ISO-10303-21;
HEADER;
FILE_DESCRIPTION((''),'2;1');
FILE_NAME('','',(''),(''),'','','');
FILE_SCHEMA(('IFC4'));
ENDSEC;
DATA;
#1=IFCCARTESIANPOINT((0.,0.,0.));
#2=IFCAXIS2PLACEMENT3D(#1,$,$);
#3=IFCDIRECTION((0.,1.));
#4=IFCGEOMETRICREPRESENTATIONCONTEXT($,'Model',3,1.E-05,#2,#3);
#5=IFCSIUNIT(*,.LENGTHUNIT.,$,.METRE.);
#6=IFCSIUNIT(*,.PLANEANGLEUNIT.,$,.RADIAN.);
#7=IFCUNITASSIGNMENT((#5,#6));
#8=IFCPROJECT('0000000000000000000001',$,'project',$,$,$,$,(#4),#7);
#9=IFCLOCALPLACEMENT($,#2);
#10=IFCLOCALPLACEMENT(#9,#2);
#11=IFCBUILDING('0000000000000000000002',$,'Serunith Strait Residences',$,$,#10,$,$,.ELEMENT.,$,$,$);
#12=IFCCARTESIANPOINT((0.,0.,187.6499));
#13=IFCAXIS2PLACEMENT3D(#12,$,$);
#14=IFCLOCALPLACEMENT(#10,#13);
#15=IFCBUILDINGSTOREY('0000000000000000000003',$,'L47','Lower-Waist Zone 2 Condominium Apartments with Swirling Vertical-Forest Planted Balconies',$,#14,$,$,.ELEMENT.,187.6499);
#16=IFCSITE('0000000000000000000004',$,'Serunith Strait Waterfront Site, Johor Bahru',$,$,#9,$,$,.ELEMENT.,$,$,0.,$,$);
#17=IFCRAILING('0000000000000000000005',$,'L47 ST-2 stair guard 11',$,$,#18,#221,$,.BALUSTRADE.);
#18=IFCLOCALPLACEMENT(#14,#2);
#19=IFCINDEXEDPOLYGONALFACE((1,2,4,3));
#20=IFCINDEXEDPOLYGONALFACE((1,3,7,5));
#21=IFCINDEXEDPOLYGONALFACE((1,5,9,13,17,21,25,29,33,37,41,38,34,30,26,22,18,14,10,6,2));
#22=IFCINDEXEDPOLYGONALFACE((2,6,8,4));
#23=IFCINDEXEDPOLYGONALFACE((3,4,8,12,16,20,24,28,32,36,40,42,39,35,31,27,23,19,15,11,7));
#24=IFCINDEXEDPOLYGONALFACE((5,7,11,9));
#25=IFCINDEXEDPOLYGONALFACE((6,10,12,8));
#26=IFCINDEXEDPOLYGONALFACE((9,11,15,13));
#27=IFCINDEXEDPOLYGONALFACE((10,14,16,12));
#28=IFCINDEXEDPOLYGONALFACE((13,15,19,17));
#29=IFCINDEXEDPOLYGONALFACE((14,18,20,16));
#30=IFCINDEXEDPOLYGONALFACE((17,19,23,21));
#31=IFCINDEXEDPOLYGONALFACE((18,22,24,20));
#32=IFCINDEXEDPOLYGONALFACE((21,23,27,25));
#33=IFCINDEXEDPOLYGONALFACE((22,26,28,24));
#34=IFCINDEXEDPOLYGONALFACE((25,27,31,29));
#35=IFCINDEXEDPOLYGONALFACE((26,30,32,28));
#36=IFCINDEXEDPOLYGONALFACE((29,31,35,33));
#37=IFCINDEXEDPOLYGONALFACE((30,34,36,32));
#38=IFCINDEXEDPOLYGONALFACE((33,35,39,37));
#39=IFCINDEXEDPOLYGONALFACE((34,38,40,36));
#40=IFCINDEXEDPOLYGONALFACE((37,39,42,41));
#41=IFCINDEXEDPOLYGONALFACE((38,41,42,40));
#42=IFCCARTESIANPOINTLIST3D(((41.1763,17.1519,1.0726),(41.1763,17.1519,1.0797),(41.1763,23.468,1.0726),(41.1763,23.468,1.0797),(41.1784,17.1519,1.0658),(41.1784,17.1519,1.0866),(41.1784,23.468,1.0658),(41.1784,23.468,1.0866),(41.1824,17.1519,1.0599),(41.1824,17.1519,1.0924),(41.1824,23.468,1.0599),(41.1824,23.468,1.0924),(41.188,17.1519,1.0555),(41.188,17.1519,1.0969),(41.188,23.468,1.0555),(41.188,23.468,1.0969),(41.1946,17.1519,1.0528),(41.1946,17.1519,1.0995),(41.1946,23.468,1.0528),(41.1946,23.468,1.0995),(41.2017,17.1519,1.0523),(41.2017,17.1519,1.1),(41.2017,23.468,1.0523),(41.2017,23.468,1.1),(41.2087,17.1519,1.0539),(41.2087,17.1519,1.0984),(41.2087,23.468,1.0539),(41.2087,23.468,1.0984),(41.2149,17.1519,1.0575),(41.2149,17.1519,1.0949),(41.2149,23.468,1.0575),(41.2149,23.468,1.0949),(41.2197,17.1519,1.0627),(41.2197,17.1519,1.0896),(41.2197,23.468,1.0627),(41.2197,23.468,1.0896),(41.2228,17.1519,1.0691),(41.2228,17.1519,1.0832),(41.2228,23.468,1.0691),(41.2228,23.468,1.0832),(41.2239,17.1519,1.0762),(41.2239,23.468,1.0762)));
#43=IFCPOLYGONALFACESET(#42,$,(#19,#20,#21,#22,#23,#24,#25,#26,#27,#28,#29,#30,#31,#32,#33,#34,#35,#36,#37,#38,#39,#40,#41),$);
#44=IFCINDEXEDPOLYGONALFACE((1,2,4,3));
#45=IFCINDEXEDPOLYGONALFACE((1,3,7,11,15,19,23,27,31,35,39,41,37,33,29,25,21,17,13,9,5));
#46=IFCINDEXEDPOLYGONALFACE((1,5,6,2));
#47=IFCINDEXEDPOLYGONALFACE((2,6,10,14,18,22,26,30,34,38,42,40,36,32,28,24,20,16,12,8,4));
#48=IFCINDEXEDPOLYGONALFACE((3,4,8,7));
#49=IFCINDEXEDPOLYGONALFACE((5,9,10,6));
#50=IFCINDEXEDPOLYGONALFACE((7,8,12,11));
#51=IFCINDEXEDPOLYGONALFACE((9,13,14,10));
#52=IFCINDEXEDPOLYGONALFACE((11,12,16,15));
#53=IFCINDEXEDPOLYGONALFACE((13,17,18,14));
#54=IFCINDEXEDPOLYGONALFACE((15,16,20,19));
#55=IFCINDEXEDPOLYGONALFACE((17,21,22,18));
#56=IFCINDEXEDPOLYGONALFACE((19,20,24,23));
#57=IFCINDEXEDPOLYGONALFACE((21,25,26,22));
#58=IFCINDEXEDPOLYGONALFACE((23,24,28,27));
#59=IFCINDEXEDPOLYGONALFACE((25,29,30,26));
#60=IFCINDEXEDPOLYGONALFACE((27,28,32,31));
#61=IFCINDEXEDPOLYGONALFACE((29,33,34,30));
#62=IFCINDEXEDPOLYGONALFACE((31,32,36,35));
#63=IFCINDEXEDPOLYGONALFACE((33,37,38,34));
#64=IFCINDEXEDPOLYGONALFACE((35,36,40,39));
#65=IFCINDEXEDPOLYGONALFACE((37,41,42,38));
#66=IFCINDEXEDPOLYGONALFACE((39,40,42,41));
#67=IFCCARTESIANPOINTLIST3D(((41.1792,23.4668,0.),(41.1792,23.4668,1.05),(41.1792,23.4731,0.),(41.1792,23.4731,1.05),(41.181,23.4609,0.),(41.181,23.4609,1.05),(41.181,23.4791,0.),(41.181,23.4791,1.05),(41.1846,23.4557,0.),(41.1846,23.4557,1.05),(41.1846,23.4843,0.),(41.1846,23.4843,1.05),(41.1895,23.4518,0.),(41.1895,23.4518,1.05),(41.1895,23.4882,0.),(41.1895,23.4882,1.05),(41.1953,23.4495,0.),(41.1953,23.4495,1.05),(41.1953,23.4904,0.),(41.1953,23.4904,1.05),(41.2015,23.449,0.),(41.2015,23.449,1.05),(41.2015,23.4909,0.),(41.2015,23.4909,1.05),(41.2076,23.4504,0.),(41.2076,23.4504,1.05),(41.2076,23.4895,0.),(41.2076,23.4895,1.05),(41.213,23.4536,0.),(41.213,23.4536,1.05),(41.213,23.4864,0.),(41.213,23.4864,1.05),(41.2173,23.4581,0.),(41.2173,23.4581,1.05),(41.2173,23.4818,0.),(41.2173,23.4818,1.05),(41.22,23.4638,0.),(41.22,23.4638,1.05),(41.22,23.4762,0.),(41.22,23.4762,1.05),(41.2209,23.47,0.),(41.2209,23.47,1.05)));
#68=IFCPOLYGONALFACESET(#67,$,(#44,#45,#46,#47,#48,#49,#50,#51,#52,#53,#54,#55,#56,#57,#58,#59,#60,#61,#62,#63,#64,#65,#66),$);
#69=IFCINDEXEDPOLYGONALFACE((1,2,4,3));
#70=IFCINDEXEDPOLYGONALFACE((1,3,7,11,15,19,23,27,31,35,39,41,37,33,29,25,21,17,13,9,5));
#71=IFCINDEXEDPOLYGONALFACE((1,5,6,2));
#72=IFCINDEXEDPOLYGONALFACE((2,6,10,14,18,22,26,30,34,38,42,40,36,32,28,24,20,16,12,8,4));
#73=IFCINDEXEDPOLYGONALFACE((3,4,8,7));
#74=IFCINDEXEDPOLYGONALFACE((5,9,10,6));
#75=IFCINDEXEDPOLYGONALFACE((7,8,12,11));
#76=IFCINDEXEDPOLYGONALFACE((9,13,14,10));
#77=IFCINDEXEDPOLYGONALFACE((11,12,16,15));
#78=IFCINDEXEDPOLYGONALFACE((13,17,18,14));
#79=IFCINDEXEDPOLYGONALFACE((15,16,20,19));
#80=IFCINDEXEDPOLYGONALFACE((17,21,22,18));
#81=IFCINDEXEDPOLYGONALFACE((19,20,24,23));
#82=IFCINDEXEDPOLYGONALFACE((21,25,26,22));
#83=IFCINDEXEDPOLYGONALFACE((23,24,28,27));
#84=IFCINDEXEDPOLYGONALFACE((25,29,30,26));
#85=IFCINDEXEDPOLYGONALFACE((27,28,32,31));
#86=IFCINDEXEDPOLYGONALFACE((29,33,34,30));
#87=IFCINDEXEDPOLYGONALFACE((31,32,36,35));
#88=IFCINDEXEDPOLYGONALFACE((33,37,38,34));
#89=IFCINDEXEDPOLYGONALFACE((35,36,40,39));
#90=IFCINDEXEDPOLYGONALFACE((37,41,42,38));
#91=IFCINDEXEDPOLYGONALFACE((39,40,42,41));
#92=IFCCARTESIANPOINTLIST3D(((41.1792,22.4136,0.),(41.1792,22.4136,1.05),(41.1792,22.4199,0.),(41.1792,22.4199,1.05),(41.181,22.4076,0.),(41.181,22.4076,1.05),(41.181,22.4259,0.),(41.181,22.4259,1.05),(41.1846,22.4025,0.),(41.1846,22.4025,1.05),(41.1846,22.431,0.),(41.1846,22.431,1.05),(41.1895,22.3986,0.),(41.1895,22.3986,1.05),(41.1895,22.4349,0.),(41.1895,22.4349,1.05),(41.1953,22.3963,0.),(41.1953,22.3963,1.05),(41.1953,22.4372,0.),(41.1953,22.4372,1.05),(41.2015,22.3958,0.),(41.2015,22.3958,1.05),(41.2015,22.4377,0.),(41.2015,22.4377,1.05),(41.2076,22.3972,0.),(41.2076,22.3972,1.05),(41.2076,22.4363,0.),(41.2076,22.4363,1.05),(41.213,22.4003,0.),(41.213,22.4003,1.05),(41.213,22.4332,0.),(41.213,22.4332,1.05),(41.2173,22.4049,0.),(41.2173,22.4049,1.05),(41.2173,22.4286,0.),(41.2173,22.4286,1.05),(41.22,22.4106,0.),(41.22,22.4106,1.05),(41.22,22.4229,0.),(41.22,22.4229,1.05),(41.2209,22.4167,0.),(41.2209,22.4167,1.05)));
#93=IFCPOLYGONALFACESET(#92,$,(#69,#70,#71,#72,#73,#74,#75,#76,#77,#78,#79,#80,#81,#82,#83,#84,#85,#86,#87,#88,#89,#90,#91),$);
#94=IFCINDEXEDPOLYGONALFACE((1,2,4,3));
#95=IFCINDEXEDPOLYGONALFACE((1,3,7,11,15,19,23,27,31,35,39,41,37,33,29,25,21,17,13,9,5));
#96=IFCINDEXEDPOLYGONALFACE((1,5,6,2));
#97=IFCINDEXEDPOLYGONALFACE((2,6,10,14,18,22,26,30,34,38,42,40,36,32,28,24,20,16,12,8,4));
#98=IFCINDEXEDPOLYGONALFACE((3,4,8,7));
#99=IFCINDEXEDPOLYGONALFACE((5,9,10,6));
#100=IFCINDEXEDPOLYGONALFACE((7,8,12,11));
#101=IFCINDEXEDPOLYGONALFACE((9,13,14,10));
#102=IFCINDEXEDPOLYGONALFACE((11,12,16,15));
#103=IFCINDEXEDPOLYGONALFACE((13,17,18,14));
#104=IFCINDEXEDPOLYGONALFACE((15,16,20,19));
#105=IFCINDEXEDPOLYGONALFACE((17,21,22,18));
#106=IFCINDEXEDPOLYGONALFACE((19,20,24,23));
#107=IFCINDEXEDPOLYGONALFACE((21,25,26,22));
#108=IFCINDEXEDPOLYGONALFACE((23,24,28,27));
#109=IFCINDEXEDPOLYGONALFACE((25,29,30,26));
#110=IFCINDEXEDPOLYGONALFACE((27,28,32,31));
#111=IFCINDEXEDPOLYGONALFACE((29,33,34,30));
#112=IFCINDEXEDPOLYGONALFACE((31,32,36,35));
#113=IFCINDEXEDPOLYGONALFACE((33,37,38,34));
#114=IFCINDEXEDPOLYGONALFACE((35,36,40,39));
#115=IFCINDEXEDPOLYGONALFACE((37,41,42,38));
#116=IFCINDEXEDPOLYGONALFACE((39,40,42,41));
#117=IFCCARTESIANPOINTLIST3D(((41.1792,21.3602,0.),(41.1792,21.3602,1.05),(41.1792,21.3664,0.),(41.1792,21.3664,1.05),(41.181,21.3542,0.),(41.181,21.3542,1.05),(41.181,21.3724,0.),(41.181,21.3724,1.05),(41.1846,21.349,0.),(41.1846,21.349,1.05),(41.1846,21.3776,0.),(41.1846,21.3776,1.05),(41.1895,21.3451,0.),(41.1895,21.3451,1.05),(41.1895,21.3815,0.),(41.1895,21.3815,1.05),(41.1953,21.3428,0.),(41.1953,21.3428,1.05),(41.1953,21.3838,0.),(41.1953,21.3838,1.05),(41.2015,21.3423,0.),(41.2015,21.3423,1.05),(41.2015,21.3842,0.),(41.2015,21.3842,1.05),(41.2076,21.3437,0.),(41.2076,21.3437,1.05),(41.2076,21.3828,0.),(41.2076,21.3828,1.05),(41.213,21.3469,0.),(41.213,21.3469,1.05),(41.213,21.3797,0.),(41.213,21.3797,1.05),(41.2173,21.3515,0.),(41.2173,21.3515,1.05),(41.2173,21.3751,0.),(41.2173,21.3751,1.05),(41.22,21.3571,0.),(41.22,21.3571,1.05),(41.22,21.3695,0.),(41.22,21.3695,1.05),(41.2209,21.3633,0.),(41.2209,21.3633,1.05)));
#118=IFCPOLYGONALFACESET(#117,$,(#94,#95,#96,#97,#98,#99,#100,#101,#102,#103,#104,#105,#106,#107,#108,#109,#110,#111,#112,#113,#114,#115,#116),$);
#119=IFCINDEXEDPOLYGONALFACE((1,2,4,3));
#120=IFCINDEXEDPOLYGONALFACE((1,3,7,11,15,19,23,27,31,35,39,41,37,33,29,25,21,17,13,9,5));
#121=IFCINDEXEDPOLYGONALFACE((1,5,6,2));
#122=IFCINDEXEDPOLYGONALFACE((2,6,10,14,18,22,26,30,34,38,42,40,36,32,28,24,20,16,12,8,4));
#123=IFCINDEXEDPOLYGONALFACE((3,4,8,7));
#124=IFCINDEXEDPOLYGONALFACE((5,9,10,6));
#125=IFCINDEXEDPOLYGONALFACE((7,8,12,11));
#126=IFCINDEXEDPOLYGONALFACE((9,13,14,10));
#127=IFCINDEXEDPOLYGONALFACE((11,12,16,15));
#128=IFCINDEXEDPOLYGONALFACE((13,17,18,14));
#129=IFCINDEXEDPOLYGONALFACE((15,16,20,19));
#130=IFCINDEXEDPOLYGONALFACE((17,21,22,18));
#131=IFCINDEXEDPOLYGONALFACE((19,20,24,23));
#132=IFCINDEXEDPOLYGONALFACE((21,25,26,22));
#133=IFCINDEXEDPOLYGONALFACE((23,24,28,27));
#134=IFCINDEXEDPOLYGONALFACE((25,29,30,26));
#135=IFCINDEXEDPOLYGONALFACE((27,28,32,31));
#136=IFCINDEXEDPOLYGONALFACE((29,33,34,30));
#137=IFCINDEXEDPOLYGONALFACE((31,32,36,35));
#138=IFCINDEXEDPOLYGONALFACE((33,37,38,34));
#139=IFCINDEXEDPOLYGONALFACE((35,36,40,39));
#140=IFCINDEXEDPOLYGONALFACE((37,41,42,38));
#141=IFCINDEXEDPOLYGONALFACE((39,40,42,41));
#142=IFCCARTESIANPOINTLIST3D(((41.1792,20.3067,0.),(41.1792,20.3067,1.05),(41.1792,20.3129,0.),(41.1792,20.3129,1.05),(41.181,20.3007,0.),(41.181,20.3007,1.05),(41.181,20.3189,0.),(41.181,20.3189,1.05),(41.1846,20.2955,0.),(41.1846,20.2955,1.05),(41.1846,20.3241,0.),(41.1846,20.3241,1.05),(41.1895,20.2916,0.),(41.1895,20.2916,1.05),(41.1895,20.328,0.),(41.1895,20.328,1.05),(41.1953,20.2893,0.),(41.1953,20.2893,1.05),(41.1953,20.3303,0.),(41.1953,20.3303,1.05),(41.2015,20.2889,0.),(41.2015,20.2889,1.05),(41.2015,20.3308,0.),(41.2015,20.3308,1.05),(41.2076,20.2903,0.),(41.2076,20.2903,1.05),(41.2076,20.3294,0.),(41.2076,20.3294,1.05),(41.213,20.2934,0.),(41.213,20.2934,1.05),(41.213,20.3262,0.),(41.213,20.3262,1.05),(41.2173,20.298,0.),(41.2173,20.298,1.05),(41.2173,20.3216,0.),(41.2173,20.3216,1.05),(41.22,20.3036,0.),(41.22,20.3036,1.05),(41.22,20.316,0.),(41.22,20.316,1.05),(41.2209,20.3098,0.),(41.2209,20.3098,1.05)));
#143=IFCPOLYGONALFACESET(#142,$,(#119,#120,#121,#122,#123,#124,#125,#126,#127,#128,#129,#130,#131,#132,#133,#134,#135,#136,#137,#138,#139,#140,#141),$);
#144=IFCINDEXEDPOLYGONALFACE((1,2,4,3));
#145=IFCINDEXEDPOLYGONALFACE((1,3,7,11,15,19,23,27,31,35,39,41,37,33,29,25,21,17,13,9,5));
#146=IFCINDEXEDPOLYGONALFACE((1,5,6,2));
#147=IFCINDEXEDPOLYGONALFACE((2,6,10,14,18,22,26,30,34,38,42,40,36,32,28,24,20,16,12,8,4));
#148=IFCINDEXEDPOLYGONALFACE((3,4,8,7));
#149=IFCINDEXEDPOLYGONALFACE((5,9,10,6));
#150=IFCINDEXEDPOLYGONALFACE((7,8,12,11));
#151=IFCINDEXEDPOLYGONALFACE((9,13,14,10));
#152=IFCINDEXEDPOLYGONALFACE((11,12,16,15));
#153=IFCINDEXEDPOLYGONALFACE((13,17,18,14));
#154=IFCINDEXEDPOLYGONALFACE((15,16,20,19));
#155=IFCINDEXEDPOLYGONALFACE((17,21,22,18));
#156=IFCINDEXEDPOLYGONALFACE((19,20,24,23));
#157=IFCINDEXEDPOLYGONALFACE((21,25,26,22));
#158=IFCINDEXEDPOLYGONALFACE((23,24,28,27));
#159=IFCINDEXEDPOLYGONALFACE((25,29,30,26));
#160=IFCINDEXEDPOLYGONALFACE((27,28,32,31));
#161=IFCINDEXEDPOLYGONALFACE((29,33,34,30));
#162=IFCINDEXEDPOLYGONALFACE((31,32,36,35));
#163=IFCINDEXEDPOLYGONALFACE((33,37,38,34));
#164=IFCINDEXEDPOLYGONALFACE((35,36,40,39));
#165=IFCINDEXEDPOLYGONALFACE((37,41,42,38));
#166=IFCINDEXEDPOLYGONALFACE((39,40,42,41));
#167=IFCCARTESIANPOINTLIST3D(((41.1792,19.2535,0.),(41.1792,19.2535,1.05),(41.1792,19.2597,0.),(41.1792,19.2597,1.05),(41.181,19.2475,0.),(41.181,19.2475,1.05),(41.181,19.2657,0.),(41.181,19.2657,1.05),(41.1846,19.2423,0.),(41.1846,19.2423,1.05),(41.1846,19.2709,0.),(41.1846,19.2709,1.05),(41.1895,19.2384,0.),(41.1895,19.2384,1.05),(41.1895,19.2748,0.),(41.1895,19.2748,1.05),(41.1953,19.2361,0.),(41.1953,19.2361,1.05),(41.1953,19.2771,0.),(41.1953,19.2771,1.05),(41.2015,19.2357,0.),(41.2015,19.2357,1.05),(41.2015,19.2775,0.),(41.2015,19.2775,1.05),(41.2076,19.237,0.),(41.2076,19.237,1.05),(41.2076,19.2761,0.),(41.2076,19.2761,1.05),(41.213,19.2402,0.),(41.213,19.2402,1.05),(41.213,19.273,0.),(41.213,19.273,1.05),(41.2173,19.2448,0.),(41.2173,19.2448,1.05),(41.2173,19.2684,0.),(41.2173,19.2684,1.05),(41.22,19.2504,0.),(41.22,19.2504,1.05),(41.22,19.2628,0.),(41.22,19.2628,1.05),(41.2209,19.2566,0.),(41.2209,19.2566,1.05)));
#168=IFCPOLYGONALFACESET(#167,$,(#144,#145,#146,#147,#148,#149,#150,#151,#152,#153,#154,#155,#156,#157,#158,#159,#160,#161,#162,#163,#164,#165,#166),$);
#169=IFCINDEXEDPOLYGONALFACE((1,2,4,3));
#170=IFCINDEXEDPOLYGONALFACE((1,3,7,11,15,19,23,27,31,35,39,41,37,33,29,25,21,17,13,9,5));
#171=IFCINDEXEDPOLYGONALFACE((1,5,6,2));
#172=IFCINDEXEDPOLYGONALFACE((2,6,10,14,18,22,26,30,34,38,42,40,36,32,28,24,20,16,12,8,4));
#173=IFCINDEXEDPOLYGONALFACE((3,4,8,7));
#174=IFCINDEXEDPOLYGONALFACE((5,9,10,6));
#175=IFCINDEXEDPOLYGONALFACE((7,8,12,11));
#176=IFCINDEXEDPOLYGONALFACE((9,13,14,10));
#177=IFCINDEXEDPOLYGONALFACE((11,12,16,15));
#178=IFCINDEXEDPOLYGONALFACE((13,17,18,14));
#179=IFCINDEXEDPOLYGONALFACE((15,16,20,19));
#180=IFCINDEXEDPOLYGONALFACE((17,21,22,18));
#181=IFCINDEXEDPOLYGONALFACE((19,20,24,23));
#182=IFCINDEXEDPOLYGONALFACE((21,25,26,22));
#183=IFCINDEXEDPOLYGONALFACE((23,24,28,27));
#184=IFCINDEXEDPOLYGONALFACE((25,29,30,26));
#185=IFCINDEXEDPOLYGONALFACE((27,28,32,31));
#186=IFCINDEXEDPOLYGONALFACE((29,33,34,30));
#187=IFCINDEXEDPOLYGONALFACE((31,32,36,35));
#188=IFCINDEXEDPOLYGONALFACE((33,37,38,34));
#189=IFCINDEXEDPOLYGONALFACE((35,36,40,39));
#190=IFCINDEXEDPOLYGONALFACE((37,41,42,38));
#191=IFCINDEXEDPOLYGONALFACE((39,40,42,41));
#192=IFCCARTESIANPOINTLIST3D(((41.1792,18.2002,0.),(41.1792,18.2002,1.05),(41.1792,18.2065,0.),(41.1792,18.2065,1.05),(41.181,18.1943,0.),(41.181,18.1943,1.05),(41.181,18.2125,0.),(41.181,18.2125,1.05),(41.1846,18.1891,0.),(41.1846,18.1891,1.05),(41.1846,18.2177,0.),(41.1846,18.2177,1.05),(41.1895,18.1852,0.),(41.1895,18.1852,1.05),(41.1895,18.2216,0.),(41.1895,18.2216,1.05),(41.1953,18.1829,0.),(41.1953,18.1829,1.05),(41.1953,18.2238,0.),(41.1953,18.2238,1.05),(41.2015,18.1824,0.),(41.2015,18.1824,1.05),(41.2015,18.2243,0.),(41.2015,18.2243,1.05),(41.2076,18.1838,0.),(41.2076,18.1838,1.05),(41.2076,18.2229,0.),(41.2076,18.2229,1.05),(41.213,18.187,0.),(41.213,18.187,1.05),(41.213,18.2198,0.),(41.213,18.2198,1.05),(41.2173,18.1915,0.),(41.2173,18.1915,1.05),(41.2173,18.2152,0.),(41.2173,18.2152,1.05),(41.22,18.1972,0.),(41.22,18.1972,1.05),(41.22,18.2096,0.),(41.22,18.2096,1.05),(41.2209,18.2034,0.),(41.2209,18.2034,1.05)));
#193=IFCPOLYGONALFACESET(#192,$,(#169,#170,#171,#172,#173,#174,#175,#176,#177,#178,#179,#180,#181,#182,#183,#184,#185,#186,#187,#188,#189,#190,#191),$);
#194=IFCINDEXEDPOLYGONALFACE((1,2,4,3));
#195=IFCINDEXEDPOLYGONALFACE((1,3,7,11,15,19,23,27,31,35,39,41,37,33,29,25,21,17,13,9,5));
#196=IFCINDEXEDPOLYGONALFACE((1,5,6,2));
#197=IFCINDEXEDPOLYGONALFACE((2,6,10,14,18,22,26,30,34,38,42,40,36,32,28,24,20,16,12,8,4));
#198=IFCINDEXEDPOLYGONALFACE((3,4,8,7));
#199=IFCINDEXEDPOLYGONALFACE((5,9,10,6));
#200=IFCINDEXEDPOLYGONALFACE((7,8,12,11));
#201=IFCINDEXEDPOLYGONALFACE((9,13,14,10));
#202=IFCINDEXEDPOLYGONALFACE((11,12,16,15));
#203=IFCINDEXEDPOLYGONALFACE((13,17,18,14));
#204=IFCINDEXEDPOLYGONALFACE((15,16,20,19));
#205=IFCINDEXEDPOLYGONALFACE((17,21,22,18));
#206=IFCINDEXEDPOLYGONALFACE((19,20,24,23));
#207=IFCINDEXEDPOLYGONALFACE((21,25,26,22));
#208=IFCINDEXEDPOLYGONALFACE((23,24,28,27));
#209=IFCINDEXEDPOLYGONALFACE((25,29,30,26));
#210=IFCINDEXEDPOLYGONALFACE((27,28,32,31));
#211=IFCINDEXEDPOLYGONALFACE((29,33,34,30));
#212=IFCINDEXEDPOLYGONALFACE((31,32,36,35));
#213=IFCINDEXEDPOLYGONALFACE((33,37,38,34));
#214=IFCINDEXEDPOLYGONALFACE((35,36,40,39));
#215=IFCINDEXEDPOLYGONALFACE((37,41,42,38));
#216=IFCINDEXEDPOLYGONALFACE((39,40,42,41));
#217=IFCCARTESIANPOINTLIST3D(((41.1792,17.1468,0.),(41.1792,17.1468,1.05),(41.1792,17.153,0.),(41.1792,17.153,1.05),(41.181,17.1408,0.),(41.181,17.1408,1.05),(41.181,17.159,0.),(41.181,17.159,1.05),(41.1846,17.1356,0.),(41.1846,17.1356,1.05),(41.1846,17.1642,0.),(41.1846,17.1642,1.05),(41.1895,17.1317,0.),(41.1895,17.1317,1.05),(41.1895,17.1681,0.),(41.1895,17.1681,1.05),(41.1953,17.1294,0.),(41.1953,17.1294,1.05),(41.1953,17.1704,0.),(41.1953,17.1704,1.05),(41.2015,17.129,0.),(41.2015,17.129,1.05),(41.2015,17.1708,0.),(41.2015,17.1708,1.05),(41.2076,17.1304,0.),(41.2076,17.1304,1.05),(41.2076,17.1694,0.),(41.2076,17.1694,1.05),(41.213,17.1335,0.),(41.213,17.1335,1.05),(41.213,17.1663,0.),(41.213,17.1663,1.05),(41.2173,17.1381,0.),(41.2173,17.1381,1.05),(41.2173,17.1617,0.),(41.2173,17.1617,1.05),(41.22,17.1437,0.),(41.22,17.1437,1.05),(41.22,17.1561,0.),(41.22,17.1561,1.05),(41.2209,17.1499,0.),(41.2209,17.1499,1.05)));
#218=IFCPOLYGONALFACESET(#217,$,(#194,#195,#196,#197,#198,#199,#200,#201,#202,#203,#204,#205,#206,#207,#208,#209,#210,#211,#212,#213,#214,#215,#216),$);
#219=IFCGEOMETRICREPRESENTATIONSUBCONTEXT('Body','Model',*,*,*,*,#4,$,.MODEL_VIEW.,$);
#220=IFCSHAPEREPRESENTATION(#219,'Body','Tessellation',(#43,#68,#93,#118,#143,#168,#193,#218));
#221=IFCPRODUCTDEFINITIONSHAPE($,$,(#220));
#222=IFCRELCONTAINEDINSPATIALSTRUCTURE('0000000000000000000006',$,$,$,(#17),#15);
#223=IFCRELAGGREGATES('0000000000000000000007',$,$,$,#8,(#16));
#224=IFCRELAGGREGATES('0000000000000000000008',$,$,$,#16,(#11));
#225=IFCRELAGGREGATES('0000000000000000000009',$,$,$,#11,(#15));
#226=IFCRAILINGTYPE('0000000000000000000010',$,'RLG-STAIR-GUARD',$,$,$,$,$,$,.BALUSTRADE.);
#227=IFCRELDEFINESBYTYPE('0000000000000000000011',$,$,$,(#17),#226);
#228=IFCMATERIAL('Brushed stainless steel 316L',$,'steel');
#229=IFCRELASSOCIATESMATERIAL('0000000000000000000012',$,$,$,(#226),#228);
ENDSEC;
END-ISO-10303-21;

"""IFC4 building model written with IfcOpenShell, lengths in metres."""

from ifc_helpers import new_model, si_unit, direction, frame, origin, origin_2d, place, context, subcontext, project, spatial, circle, extrude, material, type_object, element, save


model = new_model("IFC4")

# Units and contexts
model_context = context("Model", 3, precision=1e-05, world=origin(), true_north=direction((0.0, 1.0)))
body_context = subcontext(model_context, "Body", "Model", "MODEL_VIEW")
ifc_project = project(units=[si_unit("LENGTHUNIT", "METRE"), si_unit("PLANEANGLEUNIT", "RADIAN")], contexts=[model_context])

# Site, building, storey
site_placement = place(None, origin())
site = spatial("IfcSite", under=ifc_project, at=site_placement, Name="Serunith Strait Waterfront Site, Johor Bahru", CompositionType="ELEMENT", RefElevation=0.0)
building_placement = place(site_placement, origin())
building = spatial("IfcBuilding", under=site, at=building_placement, Name="Serunith Strait Residences", CompositionType="ELEMENT")
storey_placement = place(building_placement, frame((0.0, 0.0, 187.6499)))
storey = spatial("IfcBuildingStorey", under=building, at=storey_placement, Name="L47", Description="Lower-Waist Zone 2 Condominium Apartments with Swirling Vertical-Forest Planted Balconies", CompositionType="ELEMENT", Elevation=187.6499)

# Railing
ifc_material_1 = material(Name="Brushed stainless steel 316L", Category="steel")
railing_type = type_object("IfcRailingType", Name="RLG-STAIR-GUARD", PredefinedType="BALUSTRADE", material=ifc_material_1)
railing_placement = place(storey_placement, frame((41.2, 23.47, 0.0)))
element("IfcRailing", 1, at=railing_placement, inside=storey, type_object=railing_type, Name="L47 ST-2 stair guard 11", PredefinedType="BALUSTRADE", context=body_context, shape_type="SweptSolid", body=[
    extrude(circle(Radius=0.0239, at=origin_2d()), frame((0.0, -0.002, 1.0762), z_axis=(0.0, -1.0, 0.0), x_axis=(1.0, 0.0, 0.0)), (0.0, 0.0, 1.0), 6.3162),
    extrude(circle(Radius=0.021, at=origin_2d()), origin(), (0.0, 0.0, 1.0), 1.05),
    extrude(circle(Radius=0.021, at=origin_2d()), frame((0.0, -1.0532, 0.0)), (0.0, 0.0, 1.0), 1.05),
    extrude(circle(Radius=0.021, at=origin_2d()), frame((0.0, -2.1067, 0.0)), (0.0, 0.0, 1.0), 1.05),
    extrude(circle(Radius=0.021, at=origin_2d()), frame((0.0, -3.1602, 0.0)), (0.0, 0.0, 1.0), 1.05),
    extrude(circle(Radius=0.021, at=origin_2d()), frame((0.0, -4.2134, 0.0)), (0.0, 0.0, 1.0), 1.05),
    extrude(circle(Radius=0.021, at=origin_2d()), frame((0.0, -5.2666, 0.0)), (0.0, 0.0, 1.0), 1.05),
    extrude(circle(Radius=0.021, at=origin_2d()), frame((0.0, -6.3201, 0.0)), (0.0, 0.0, 1.0), 1.05),
])

save(model, "model.ifc")
